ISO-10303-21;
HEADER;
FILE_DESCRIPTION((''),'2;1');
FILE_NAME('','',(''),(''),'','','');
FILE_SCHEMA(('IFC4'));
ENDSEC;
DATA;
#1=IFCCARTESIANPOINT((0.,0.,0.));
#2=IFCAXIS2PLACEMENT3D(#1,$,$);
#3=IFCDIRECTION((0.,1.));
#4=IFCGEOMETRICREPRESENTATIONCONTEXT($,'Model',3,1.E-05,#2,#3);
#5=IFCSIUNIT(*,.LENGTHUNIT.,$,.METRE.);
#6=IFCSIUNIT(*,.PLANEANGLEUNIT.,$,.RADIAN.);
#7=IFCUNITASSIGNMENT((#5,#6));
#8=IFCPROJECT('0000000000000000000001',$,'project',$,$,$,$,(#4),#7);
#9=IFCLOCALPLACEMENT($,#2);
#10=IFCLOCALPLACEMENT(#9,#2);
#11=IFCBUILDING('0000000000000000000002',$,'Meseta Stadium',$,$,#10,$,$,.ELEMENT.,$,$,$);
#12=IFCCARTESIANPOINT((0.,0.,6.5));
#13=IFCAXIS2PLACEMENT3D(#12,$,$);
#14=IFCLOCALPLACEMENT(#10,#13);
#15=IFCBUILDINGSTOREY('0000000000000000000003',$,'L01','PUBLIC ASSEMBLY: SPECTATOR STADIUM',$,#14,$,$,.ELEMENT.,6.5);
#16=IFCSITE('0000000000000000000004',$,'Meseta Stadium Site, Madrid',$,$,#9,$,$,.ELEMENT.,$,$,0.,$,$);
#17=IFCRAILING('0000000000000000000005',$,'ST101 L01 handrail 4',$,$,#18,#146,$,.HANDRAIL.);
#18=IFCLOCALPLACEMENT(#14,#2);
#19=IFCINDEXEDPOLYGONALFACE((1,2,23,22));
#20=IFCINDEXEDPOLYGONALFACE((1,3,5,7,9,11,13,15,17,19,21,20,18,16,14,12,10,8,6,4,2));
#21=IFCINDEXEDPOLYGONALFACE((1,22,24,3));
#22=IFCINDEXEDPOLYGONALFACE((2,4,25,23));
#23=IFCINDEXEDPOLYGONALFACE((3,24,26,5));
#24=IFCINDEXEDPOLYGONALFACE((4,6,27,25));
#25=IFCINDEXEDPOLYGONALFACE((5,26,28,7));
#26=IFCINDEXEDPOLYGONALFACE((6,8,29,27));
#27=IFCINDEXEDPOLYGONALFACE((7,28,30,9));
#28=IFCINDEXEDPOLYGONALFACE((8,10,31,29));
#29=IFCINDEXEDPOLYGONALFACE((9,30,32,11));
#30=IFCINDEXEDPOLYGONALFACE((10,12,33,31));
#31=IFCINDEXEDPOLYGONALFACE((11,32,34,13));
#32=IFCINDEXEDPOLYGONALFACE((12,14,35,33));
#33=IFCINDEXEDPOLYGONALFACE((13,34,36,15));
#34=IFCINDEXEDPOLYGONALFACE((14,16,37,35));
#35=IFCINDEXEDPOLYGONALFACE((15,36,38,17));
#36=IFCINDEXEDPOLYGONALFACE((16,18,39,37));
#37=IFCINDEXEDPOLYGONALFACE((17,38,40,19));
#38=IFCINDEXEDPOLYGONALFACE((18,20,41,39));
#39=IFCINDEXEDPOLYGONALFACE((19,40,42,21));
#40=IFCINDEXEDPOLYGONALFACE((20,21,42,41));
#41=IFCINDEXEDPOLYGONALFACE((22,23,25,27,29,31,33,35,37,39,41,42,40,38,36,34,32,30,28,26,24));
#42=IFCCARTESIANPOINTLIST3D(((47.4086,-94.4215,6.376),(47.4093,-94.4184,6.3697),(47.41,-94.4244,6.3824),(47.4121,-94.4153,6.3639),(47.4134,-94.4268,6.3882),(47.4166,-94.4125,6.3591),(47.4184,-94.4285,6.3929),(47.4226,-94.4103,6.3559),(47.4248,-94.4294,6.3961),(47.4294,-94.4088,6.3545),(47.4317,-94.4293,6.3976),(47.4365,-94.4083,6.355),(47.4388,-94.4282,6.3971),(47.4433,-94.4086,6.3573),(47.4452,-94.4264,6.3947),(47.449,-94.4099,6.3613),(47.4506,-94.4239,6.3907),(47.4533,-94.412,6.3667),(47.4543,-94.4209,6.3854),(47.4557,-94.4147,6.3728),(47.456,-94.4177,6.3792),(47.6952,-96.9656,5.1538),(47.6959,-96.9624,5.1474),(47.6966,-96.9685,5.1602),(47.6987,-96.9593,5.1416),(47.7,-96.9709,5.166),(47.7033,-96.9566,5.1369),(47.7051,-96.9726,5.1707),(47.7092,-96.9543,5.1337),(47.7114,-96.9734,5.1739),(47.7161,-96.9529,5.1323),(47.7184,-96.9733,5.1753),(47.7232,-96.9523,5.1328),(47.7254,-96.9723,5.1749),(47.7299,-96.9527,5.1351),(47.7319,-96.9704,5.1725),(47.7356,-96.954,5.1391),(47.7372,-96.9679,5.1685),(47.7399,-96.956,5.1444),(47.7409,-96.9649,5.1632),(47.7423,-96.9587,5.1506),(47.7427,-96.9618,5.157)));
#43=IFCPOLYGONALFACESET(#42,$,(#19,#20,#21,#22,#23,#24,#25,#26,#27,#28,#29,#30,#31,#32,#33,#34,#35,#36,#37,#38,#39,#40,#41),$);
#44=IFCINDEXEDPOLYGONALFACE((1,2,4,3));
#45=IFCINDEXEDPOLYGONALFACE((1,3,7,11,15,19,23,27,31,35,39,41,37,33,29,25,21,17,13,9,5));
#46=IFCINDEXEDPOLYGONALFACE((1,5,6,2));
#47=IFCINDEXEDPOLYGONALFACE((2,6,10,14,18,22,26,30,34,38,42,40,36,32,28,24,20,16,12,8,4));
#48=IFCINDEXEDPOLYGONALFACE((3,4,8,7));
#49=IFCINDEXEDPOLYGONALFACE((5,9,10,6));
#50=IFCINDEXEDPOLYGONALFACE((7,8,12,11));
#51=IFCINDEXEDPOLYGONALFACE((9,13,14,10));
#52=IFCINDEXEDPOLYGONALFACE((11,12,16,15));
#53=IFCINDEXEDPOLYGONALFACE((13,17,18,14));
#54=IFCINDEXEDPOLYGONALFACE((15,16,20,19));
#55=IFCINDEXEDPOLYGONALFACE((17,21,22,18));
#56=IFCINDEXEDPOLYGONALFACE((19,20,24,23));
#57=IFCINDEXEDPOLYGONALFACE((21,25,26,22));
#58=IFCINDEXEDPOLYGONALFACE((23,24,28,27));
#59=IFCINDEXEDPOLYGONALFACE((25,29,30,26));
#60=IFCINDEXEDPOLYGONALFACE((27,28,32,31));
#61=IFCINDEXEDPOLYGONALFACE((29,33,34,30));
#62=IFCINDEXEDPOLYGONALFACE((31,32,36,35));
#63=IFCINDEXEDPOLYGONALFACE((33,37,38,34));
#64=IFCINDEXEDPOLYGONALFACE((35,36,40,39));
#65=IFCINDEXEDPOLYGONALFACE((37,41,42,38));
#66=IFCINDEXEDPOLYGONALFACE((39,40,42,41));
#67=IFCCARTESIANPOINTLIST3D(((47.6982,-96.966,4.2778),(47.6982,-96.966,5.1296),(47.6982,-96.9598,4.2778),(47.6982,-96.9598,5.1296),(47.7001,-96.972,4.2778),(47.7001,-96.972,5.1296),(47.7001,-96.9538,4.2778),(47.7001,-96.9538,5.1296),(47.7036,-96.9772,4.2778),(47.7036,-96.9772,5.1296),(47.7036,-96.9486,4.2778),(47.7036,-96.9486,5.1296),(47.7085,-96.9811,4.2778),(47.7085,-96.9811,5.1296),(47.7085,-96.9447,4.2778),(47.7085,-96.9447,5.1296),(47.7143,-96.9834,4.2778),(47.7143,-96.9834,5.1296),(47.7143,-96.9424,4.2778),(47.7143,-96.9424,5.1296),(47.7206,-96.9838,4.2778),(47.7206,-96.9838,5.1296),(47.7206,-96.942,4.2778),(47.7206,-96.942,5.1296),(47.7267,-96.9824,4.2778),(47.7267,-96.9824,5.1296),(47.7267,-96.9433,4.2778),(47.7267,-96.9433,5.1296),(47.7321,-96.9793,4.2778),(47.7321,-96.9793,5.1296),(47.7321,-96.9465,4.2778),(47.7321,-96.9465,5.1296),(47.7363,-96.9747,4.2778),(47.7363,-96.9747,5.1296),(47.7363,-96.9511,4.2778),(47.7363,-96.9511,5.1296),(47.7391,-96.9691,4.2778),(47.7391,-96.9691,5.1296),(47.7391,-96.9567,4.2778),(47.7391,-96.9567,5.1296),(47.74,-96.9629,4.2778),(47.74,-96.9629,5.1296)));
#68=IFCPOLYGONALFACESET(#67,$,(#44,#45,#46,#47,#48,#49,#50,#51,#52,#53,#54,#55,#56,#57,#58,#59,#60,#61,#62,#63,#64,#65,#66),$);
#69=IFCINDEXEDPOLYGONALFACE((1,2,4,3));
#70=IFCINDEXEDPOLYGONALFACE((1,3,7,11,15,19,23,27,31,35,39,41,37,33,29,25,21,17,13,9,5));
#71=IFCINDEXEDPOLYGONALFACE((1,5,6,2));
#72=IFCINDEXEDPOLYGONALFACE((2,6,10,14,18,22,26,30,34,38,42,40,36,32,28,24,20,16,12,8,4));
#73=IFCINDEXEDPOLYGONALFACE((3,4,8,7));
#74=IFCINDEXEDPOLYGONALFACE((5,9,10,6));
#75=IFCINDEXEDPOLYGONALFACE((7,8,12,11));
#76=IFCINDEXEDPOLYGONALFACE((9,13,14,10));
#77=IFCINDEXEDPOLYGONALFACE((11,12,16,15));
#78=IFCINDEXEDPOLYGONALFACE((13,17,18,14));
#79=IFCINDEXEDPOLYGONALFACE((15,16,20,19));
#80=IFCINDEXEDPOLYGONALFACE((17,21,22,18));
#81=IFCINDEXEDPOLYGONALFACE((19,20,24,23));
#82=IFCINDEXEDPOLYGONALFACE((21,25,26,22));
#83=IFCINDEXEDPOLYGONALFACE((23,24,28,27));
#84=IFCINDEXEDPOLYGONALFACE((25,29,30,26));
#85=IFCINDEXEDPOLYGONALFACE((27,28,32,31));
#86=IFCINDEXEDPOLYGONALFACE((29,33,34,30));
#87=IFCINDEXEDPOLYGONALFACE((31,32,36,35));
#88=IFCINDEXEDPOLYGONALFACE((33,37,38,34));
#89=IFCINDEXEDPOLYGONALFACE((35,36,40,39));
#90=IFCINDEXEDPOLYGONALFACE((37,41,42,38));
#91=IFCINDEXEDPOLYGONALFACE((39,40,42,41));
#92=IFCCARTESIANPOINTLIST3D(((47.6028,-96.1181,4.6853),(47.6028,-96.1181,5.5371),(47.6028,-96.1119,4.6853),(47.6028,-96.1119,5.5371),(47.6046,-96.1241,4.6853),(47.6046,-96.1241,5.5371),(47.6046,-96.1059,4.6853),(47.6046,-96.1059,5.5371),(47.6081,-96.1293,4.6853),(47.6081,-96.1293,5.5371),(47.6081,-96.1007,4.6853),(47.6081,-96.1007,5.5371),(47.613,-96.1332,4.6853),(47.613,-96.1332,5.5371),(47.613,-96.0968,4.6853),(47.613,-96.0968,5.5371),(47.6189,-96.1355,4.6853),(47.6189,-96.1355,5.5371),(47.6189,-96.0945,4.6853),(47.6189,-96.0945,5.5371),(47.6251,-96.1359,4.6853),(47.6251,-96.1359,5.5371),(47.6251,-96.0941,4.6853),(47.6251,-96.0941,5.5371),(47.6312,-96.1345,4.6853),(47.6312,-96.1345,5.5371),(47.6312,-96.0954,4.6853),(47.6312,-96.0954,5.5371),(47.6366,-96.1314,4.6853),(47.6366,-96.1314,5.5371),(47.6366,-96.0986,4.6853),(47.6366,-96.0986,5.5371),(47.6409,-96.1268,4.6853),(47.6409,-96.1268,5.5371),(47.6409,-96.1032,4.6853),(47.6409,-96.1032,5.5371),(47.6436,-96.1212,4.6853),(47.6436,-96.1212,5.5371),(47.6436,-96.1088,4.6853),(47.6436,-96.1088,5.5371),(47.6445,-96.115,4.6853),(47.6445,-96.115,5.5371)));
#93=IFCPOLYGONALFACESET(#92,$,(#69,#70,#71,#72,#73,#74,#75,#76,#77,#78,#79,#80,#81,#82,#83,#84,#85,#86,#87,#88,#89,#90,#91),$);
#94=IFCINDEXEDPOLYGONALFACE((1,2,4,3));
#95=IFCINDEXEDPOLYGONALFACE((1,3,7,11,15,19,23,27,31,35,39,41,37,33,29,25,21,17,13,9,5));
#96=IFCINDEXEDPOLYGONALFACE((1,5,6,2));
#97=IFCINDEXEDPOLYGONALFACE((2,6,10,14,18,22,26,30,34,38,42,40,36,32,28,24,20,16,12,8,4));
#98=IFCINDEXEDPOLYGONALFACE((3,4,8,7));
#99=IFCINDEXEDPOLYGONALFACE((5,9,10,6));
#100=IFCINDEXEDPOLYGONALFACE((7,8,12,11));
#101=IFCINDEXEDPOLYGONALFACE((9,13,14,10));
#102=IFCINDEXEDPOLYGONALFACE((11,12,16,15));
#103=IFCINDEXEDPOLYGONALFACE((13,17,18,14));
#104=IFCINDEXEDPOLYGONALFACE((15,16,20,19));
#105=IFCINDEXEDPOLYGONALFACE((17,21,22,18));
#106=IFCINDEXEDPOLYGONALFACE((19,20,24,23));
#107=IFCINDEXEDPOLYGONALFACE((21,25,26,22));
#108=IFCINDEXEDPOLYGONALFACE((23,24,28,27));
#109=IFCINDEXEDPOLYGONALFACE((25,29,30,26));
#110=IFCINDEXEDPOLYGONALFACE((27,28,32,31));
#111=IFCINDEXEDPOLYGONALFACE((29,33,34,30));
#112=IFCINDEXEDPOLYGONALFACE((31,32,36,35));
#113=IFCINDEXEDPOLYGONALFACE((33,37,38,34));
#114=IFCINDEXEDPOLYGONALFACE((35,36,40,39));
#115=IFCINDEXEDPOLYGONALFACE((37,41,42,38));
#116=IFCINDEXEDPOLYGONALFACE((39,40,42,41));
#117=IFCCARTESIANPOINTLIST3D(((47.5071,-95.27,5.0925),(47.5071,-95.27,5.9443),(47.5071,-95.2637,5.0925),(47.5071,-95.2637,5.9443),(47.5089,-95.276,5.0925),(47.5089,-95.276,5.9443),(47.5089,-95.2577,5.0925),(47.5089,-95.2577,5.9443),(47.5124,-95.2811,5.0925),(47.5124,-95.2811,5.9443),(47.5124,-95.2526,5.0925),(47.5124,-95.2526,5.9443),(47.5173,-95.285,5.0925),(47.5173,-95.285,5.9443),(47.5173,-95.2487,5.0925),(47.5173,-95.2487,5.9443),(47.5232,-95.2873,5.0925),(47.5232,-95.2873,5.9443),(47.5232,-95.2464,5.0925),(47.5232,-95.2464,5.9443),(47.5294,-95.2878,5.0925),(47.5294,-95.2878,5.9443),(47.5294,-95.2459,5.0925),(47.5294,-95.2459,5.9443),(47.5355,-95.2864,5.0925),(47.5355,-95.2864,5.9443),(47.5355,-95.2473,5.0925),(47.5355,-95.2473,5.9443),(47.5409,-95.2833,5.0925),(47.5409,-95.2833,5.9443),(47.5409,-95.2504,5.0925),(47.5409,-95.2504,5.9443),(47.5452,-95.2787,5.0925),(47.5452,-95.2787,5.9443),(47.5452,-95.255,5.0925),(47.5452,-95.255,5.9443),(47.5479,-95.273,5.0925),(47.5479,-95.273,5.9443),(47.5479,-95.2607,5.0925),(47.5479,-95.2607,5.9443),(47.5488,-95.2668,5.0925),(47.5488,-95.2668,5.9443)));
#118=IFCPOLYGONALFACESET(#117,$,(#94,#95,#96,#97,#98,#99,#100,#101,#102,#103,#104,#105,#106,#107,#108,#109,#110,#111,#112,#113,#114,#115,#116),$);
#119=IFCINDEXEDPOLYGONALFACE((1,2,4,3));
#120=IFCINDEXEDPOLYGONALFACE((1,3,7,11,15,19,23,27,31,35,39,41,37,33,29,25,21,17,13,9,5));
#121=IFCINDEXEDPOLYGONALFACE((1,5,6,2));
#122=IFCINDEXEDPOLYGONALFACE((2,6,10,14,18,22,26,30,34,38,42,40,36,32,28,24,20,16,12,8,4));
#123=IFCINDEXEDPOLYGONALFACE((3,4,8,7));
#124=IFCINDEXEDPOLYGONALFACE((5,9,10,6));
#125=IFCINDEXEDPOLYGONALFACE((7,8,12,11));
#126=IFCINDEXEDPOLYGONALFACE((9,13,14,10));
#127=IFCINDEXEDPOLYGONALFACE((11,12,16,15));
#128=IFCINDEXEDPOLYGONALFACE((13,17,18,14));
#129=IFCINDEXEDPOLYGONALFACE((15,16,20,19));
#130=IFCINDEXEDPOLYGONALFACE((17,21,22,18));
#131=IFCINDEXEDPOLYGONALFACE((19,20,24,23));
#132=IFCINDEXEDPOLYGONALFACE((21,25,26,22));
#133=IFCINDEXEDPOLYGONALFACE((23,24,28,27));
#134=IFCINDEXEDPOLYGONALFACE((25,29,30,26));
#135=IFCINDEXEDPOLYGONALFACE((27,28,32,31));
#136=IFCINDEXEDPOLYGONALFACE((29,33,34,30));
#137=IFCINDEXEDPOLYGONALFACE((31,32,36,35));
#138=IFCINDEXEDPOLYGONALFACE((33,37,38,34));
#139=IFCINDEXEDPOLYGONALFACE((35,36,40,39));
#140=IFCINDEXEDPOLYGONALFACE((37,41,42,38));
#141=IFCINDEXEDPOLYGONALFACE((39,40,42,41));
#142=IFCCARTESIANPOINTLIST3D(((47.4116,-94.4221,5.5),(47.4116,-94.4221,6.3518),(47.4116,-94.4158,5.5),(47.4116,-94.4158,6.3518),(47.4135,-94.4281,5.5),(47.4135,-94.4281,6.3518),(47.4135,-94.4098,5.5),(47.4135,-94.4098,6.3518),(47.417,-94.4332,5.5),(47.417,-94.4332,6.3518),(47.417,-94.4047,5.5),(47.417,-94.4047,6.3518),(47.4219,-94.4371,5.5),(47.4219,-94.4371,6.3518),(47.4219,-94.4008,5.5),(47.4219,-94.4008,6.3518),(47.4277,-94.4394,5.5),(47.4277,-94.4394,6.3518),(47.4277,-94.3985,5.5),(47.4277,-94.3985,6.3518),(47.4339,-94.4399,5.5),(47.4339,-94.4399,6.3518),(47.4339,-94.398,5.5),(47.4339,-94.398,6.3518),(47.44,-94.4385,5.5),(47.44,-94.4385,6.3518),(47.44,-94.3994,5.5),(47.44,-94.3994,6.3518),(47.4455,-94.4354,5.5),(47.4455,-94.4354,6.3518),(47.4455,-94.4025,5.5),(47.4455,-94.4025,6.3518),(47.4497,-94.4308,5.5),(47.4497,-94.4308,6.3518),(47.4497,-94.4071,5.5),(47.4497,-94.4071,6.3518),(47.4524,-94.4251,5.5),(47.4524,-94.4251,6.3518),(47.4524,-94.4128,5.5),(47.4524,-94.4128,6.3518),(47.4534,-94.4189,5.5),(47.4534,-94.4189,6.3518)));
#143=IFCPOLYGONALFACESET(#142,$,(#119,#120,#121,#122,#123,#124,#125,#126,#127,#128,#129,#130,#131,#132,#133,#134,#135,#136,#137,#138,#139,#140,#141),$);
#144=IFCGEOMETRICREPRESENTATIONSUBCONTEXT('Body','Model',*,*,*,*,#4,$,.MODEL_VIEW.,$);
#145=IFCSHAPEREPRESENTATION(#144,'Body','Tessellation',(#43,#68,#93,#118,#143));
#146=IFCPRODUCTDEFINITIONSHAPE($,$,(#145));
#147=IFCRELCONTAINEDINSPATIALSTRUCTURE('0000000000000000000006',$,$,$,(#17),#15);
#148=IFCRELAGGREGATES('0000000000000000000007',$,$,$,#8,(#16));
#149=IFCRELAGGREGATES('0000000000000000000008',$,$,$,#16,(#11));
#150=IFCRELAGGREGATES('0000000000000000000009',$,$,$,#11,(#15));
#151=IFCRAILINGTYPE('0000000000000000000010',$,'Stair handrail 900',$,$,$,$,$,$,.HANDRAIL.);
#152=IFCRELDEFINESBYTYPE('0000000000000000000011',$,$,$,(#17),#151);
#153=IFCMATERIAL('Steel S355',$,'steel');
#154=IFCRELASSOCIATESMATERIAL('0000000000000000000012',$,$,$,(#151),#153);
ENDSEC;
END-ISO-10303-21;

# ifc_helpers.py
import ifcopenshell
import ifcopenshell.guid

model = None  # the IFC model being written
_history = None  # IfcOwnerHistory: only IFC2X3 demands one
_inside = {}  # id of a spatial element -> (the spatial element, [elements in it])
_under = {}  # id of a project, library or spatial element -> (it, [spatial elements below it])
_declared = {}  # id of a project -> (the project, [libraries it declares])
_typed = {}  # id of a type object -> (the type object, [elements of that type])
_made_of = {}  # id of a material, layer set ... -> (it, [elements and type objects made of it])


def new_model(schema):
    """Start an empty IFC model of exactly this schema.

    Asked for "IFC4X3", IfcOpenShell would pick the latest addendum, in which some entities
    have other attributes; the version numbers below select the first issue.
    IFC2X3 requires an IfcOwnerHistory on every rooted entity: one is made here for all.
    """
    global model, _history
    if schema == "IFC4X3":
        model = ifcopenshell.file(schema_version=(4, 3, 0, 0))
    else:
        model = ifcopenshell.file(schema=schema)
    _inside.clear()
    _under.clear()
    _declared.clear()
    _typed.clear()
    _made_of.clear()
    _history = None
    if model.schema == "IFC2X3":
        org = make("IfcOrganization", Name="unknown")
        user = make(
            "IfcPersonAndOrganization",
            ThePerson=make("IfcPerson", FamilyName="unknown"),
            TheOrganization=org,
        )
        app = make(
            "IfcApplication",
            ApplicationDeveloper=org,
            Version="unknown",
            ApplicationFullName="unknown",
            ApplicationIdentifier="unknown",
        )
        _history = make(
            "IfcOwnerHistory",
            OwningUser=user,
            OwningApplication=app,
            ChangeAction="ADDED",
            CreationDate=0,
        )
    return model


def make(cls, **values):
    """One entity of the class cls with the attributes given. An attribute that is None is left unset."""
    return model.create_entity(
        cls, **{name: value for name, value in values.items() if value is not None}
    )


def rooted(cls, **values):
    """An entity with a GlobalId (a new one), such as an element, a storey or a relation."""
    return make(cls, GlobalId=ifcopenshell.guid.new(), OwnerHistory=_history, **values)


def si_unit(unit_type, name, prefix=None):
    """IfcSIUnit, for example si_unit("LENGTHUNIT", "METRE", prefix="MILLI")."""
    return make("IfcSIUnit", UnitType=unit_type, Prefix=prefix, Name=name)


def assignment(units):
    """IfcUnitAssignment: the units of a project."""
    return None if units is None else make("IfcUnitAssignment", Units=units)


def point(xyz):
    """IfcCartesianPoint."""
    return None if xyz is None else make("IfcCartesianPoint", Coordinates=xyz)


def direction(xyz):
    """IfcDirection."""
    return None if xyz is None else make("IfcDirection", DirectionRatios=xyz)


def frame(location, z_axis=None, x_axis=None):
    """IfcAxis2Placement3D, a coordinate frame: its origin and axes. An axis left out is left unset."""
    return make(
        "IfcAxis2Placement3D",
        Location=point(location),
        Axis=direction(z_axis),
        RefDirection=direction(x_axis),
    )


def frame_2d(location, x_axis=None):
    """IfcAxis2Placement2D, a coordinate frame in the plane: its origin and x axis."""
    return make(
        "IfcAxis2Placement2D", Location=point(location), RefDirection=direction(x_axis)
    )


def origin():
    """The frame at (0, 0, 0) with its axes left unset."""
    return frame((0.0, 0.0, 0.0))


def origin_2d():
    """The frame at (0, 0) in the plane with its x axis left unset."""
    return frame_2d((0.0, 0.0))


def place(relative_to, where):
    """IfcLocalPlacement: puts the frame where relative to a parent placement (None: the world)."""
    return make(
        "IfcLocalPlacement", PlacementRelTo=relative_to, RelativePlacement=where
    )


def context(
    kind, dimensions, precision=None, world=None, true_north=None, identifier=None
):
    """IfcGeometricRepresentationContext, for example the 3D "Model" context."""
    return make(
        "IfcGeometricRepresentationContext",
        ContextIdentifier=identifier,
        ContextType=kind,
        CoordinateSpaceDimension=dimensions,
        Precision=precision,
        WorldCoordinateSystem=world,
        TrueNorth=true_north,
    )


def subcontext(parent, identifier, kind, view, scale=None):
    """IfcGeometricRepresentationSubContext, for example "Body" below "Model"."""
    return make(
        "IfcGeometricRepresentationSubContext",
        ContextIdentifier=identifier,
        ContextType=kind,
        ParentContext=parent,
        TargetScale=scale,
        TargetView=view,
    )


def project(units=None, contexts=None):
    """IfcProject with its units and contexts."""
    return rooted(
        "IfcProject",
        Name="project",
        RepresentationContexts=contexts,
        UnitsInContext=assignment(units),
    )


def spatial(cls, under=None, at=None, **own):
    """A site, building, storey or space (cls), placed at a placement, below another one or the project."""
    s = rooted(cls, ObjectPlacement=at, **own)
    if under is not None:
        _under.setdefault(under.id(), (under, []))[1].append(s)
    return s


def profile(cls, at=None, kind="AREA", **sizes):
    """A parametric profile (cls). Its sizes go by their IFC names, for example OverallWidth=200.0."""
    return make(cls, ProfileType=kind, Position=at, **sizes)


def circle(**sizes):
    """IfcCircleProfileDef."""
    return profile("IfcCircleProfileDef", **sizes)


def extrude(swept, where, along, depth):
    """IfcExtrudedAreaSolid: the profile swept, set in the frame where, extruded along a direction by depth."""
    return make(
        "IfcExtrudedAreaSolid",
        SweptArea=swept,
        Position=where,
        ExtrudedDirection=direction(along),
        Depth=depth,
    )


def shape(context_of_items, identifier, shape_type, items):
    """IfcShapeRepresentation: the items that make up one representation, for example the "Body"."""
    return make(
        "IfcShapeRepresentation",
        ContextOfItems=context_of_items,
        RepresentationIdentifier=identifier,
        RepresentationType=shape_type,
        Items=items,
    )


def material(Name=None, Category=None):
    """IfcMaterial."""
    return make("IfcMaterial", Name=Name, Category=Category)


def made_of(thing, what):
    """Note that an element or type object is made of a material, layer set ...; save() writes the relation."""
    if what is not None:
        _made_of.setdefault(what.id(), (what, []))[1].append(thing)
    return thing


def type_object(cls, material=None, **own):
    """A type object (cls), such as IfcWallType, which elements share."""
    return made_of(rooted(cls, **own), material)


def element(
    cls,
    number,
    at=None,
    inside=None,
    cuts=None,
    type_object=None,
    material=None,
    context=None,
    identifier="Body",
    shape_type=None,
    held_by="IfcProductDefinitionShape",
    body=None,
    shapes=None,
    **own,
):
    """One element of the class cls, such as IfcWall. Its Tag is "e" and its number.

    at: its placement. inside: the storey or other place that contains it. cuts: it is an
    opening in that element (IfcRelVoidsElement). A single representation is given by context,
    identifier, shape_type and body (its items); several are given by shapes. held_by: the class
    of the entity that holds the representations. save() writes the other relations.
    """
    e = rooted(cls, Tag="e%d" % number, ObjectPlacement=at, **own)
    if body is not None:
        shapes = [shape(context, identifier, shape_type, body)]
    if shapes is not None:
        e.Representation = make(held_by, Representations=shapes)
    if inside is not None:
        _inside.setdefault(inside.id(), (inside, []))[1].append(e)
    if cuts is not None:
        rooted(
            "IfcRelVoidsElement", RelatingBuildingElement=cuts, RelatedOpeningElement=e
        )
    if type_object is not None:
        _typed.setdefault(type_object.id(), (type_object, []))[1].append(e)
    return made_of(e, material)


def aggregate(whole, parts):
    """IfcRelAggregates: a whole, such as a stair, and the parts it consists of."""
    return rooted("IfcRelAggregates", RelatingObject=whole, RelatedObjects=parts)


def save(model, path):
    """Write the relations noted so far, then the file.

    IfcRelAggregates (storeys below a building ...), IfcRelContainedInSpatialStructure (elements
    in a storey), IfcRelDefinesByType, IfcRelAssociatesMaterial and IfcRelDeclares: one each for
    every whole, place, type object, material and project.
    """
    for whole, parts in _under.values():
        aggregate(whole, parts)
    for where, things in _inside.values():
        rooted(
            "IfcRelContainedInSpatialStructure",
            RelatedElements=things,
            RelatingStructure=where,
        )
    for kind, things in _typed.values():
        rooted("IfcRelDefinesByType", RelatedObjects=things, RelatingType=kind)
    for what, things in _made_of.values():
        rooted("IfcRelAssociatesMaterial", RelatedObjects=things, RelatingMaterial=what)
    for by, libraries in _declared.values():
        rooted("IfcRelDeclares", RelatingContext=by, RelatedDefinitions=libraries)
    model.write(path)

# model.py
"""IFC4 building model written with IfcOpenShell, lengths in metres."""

from ifc_helpers import new_model, si_unit, direction, frame, origin, origin_2d, place, context, subcontext, project, spatial, circle, extrude, material, type_object, element, save


model = new_model("IFC4")

# Units and contexts
model_context = context("Model", 3, precision=1e-05, world=origin(), true_north=direction((0.0, 1.0)))
body_context = subcontext(model_context, "Body", "Model", "MODEL_VIEW")
ifc_project = project(units=[si_unit("LENGTHUNIT", "METRE"), si_unit("PLANEANGLEUNIT", "RADIAN")], contexts=[model_context])

# Site, building, storey
site_placement = place(None, origin())
site = spatial("IfcSite", under=ifc_project, at=site_placement, Name="Meseta Stadium Site, Madrid", CompositionType="ELEMENT", RefElevation=0.0)
building_placement = place(site_placement, origin())
building = spatial("IfcBuilding", under=site, at=building_placement, Name="Meseta Stadium", CompositionType="ELEMENT")
storey_placement = place(building_placement, frame((0.0, 0.0, 6.5)))
storey = spatial("IfcBuildingStorey", under=building, at=storey_placement, Name="L01", Description="PUBLIC ASSEMBLY: SPECTATOR STADIUM", CompositionType="ELEMENT", Elevation=6.5)

# Railing
ifc_material_1 = material(Name="Steel S355", Category="steel")
railing_type_1 = type_object("IfcRailingType", Name="Stair handrail 900", PredefinedType="HANDRAIL", material=ifc_material_1)
railing_1_placement = place(storey_placement, frame((47.719, -96.9629, 4.2778)))
element("IfcRailing", 1, at=railing_1_placement, inside=storey, type_object=railing_type_1, Name="ST101 L01 handrail 4", PredefinedType="HANDRAIL", context=body_context, shape_type="SweptSolid", body=[
    extrude(circle(Radius=0.0239, at=origin_2d()), frame((0.0, 0.0, 0.876), z_axis=(-0.101036, 0.896762, 0.430824), x_axis=(-0.993713, -0.11196, 0.0)), (0.0, 0.0, 1.0), 2.8369),
    extrude(circle(Radius=0.021, at=origin_2d()), origin(), (0.0, 0.0, 1.0), 0.8518),
    extrude(circle(Radius=0.021, at=origin_2d()), frame((-0.0955, 0.8479, 0.4075)), (0.0, 0.0, 1.0), 0.8518),
    extrude(circle(Radius=0.021, at=origin_2d()), frame((-0.1912, 1.696, 0.8147)), (0.0, 0.0, 1.0), 0.8518),
    extrude(circle(Radius=0.021, at=origin_2d()), frame((-0.2866, 2.5439, 1.2222)), (0.0, 0.0, 1.0), 0.8518),
])

save(model, "model.ifc")
